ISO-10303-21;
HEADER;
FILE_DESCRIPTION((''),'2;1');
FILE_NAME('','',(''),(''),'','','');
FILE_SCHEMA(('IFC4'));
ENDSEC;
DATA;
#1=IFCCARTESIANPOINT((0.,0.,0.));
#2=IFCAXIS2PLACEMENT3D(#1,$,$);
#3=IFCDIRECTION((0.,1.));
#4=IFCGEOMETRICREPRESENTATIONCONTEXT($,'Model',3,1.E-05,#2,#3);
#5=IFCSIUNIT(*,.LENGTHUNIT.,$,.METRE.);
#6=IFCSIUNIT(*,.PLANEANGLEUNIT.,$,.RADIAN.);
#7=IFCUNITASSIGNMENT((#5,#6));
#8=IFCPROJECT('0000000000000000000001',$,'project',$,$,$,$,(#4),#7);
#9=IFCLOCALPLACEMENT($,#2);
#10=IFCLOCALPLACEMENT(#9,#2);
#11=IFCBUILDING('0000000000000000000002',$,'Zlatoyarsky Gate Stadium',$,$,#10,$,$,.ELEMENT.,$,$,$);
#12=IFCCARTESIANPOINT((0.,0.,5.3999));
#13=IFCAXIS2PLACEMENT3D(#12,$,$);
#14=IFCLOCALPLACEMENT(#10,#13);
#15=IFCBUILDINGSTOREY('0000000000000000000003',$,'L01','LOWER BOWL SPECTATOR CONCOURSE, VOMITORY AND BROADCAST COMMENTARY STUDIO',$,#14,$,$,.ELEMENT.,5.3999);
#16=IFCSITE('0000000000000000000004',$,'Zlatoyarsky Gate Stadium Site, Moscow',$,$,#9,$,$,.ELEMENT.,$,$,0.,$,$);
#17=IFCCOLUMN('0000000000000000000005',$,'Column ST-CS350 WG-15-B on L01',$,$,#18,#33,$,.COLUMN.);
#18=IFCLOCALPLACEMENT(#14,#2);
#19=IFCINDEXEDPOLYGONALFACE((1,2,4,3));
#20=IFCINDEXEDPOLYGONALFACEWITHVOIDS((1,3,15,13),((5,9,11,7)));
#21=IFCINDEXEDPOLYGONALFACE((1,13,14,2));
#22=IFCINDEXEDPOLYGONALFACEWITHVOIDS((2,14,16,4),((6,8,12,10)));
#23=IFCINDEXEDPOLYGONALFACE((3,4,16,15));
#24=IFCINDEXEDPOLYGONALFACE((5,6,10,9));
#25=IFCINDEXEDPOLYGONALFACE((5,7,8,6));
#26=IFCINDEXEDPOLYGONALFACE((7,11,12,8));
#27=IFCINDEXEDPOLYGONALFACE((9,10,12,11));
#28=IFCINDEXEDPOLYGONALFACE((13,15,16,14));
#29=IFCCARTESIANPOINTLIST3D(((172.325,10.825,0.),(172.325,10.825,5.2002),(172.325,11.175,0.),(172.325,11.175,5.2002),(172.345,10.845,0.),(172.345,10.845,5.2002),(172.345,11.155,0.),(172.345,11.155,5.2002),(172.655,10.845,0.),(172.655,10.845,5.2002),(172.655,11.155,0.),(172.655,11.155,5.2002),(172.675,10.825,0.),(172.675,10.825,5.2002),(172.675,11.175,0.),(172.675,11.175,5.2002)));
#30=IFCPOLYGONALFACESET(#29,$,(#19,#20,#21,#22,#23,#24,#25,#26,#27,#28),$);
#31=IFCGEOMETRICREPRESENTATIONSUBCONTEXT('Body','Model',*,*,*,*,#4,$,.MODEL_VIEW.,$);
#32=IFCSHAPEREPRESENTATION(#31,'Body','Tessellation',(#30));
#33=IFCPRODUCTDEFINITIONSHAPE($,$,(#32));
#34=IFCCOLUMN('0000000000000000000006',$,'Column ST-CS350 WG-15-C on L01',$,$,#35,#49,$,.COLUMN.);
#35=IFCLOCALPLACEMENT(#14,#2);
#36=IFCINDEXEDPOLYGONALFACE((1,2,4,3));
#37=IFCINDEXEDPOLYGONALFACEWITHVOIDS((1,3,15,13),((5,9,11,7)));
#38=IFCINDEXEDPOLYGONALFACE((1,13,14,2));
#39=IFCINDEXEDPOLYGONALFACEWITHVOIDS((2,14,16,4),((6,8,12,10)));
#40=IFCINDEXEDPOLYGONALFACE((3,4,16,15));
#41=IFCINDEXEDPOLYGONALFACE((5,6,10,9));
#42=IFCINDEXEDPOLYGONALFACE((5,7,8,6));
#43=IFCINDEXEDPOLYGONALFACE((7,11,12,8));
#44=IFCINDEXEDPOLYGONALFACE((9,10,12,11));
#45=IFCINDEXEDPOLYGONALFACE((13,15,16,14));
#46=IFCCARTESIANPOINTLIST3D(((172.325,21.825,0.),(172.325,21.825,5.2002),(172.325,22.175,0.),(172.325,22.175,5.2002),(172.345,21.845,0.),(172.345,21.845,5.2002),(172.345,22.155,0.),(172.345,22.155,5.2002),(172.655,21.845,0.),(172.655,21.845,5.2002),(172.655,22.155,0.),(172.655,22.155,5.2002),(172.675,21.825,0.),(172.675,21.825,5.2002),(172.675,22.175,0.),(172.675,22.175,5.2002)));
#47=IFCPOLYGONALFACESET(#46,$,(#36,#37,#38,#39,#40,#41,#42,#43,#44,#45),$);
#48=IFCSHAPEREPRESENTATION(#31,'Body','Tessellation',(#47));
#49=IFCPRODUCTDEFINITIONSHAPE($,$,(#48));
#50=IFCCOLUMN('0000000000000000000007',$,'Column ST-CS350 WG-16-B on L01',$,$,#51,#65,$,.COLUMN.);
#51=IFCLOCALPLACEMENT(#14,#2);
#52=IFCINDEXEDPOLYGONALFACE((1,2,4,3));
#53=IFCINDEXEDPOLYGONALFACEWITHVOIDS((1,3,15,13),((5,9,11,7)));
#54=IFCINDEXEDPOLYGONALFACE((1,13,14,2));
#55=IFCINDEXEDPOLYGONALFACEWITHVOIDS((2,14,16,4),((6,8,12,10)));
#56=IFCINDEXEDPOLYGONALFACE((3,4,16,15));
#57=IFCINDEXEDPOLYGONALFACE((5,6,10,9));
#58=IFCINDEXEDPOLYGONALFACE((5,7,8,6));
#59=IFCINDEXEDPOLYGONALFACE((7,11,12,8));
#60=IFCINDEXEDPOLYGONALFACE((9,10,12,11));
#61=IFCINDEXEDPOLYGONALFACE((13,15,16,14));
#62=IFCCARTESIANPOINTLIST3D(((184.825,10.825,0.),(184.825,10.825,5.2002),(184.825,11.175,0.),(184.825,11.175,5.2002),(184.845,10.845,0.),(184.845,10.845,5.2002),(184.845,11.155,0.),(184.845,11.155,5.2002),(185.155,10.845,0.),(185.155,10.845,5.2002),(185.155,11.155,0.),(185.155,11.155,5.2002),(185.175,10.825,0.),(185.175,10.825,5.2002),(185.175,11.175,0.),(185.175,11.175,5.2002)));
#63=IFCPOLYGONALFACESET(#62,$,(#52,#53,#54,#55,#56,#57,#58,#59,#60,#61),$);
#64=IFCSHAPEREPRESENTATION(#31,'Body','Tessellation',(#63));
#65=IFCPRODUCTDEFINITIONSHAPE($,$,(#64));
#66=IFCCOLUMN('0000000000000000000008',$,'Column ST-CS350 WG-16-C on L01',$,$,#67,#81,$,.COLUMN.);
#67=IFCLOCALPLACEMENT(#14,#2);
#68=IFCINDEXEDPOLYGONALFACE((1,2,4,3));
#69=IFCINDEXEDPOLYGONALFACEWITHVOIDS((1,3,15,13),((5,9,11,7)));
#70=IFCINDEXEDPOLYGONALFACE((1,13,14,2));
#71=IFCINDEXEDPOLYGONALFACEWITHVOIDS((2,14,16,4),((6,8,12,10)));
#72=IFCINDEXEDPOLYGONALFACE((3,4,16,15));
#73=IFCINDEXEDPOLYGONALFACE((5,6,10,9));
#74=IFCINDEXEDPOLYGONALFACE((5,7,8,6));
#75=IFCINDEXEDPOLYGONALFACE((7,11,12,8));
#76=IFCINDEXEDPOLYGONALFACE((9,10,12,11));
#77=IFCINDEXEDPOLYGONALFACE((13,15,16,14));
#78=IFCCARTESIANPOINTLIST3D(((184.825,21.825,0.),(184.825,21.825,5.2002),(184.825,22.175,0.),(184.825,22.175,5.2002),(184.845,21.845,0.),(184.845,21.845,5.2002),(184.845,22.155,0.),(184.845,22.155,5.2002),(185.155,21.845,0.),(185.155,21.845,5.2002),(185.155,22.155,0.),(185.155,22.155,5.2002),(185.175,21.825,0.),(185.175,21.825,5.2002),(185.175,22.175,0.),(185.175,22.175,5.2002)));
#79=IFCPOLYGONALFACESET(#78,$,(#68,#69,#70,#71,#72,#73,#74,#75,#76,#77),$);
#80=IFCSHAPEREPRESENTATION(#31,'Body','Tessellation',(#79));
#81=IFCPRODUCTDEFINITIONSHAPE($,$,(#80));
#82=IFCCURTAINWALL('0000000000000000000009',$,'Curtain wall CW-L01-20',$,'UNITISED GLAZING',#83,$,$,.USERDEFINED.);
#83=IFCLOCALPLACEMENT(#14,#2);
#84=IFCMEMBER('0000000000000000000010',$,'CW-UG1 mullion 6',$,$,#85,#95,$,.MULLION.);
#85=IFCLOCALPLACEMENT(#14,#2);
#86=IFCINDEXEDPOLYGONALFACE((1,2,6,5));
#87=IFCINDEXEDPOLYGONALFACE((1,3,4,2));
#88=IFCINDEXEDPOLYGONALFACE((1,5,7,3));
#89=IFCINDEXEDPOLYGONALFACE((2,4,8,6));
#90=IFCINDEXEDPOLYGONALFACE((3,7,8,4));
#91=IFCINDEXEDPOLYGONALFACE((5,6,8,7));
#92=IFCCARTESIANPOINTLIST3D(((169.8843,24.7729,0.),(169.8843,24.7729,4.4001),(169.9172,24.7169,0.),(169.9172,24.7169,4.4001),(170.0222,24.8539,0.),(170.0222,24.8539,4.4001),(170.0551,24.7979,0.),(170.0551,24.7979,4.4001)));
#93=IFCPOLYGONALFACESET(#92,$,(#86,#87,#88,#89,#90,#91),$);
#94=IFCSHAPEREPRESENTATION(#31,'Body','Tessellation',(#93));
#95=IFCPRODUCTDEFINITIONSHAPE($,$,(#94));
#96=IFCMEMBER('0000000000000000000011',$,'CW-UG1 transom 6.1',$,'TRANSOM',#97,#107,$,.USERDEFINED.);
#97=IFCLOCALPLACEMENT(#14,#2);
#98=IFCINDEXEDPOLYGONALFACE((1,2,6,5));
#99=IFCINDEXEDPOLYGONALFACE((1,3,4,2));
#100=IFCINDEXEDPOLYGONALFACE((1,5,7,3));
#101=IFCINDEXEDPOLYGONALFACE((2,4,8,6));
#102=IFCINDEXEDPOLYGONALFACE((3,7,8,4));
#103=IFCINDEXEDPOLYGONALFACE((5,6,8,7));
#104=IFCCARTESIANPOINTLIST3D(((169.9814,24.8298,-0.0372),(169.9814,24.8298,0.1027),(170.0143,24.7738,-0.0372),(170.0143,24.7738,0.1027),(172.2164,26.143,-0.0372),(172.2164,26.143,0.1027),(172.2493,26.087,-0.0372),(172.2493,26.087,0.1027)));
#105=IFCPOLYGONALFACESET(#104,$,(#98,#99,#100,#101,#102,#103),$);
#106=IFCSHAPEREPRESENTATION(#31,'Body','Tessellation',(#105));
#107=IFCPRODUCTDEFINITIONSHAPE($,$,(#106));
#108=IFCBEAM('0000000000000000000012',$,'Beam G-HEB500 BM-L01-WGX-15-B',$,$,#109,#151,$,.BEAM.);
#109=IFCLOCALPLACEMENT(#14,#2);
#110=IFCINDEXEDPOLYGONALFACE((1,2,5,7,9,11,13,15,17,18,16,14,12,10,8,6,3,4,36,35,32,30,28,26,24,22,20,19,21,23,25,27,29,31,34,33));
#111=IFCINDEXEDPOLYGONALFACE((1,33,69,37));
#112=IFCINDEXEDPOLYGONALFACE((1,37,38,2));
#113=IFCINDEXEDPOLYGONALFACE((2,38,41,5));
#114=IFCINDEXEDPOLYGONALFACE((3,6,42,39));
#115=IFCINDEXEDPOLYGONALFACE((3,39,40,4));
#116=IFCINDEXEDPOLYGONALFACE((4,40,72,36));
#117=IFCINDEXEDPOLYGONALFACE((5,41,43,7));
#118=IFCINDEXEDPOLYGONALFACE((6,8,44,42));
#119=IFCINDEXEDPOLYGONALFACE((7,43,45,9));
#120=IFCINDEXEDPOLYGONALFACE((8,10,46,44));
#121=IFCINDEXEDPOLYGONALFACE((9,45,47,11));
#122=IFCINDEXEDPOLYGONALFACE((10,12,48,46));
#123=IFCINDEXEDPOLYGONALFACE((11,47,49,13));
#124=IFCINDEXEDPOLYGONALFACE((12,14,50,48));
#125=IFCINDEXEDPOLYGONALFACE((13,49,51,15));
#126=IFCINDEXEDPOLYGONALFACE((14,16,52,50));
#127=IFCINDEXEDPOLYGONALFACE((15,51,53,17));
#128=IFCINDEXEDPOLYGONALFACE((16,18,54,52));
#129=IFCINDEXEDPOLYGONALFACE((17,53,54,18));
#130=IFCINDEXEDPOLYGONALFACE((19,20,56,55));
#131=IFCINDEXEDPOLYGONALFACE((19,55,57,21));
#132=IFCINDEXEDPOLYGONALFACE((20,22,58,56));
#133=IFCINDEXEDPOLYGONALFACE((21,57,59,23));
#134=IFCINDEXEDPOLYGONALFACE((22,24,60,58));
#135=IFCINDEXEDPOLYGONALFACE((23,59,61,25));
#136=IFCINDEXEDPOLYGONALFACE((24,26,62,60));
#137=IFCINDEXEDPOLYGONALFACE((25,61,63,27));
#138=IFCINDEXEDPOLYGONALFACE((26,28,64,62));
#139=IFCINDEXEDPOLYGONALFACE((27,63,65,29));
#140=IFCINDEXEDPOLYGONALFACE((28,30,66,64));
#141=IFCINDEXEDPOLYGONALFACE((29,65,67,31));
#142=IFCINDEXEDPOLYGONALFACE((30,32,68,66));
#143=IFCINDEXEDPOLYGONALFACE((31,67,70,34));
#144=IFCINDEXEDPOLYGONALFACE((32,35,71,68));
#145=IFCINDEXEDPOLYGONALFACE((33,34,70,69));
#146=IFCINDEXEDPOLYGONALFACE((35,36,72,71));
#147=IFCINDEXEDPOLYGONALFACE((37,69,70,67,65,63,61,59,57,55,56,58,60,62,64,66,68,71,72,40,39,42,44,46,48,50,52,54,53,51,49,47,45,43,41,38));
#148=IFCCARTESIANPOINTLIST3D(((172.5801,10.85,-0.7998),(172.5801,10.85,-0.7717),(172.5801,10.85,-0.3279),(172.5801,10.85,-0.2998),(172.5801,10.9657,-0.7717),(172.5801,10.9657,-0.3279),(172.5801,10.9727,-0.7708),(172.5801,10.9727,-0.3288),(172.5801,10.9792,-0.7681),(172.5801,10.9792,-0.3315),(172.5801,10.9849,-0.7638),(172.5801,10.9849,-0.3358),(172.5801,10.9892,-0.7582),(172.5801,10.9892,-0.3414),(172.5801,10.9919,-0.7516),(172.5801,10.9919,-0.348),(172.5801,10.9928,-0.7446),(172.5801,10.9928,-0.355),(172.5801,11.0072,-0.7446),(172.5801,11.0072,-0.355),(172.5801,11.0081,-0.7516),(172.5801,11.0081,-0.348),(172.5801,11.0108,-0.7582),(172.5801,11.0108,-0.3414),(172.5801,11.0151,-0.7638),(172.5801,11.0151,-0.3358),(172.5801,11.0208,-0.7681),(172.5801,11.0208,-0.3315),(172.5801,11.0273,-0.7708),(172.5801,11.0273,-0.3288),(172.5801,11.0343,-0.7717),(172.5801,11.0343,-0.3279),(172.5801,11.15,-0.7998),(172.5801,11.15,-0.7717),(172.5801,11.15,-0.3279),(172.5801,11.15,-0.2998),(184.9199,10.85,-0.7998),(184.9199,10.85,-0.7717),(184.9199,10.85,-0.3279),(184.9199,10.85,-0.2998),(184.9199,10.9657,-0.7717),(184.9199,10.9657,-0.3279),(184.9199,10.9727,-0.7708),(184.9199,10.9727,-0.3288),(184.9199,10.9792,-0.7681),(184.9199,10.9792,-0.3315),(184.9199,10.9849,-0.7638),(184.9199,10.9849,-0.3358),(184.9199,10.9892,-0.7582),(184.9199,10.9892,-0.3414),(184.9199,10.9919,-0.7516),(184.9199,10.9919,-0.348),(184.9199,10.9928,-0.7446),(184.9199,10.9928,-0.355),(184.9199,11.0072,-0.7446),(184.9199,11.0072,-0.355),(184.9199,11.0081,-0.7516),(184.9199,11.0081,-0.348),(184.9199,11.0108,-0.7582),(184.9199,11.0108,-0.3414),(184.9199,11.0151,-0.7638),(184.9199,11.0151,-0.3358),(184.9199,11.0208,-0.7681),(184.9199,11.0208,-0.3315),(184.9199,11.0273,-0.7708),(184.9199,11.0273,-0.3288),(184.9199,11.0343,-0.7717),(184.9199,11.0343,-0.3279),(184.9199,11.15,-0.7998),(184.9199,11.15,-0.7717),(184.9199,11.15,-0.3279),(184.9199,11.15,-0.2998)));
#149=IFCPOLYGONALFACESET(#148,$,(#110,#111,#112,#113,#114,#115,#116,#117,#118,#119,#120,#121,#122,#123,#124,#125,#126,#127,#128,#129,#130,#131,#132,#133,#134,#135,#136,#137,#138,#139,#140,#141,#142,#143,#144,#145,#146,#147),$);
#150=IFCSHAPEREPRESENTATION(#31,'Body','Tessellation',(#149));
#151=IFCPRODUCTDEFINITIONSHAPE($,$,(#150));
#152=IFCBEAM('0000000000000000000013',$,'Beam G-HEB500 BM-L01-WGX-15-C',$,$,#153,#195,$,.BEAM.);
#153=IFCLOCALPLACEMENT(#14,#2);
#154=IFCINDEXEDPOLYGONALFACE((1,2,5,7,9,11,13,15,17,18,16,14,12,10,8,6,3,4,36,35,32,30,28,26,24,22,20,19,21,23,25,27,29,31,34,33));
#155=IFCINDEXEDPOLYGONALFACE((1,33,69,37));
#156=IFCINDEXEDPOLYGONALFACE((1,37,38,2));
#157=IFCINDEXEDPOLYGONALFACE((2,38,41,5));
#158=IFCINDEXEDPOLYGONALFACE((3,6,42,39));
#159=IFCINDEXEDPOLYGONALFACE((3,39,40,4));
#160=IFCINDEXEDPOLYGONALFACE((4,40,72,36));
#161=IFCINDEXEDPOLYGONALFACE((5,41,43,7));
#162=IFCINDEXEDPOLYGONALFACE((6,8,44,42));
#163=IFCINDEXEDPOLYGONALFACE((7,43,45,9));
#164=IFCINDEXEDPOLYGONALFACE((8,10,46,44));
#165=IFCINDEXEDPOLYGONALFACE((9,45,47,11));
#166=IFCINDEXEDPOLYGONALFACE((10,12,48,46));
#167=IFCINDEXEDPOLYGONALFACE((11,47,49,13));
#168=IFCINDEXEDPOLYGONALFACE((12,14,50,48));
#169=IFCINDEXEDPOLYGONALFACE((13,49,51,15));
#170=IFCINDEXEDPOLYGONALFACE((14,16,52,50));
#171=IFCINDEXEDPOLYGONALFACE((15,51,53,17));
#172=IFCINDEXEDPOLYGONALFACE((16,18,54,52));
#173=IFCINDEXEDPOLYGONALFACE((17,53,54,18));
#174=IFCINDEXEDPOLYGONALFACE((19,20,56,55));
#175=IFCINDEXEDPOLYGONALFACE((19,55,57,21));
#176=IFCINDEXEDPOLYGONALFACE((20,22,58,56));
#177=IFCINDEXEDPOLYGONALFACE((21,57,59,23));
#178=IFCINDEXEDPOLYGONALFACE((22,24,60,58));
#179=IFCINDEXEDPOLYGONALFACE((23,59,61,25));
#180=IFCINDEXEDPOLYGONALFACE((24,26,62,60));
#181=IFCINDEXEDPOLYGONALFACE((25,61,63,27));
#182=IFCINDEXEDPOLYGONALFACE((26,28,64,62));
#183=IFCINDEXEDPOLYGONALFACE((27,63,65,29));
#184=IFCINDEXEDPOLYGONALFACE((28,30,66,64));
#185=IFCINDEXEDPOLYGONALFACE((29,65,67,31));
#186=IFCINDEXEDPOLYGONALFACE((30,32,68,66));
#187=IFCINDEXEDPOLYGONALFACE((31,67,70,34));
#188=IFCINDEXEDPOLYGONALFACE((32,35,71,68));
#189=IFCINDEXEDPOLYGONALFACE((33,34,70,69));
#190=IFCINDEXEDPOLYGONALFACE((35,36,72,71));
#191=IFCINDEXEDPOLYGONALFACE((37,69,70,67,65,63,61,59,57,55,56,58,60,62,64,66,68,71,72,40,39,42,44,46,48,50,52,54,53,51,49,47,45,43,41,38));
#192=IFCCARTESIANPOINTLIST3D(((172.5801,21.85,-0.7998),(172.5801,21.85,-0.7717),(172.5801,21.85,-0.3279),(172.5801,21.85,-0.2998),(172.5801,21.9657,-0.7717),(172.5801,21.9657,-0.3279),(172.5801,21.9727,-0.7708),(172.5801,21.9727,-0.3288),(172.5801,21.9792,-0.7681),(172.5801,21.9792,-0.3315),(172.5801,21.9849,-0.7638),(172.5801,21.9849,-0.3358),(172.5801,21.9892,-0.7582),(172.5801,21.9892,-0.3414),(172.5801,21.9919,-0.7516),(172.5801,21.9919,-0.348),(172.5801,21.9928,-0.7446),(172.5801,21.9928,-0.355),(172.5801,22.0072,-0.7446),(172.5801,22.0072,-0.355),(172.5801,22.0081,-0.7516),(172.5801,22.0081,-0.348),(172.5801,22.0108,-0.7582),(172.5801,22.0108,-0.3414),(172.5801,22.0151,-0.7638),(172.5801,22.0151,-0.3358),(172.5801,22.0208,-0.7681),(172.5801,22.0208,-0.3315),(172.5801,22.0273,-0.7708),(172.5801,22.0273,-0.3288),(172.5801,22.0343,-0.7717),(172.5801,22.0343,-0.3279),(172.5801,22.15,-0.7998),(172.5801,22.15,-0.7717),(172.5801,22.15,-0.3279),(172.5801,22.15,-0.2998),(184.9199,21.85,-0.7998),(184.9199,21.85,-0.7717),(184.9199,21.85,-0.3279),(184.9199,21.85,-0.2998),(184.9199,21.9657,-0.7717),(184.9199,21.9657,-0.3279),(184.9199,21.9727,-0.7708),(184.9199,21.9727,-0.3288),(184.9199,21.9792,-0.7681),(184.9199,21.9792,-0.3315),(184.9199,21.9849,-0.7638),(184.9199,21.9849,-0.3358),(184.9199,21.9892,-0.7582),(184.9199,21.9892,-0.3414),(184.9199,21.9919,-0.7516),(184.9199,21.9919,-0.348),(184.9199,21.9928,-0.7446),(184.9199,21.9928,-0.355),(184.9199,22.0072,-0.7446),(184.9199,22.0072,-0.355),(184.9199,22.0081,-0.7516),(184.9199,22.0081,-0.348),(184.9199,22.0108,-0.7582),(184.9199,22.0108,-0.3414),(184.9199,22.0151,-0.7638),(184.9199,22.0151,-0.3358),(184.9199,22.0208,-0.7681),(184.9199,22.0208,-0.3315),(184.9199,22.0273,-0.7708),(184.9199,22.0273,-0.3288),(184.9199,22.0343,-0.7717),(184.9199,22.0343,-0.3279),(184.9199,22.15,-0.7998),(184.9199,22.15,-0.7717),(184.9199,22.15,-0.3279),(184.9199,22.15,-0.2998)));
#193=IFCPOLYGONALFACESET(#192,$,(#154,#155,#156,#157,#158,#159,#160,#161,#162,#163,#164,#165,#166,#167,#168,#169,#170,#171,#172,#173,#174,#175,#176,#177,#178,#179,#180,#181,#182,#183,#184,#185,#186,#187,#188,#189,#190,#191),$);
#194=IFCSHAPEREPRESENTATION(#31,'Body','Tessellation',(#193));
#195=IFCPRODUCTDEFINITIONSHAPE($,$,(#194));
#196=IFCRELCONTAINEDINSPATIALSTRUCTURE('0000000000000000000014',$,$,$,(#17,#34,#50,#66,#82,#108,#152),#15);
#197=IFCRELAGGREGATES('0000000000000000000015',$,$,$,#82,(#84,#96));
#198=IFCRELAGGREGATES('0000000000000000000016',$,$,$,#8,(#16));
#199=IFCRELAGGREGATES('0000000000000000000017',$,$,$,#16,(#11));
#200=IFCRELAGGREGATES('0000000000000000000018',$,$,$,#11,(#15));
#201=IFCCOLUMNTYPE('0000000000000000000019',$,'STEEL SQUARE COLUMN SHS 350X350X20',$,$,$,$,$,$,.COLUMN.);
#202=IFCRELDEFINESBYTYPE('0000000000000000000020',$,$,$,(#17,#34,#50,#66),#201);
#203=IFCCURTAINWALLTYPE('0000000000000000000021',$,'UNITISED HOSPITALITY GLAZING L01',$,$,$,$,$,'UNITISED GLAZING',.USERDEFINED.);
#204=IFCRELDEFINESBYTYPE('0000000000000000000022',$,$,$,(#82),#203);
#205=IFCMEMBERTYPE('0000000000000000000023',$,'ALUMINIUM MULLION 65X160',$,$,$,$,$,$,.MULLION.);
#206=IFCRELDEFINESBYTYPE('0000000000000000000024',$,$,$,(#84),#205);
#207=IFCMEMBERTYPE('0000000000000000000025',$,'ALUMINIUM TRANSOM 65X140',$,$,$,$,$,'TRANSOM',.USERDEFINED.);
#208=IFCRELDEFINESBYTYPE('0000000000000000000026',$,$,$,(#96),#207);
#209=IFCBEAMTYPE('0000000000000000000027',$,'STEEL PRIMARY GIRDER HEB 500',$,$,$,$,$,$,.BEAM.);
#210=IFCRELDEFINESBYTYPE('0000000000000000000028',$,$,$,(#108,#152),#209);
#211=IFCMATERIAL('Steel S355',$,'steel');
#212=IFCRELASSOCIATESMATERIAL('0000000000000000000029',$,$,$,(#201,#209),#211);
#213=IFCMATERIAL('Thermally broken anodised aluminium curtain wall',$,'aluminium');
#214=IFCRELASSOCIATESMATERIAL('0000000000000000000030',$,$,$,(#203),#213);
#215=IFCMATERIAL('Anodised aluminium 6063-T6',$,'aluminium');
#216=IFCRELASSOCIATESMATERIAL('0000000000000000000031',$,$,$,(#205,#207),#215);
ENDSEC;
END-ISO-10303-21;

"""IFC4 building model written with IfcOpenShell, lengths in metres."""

from ifc_helpers import new_model, si_unit, direction, frame, origin, origin_2d, place, context, subcontext, project, spatial, rectangle, hollow_rectangle, i_section, extrude, material, material_profile, profile_set, type_object, element, aggregate, save


model = new_model("IFC4")

# Units and contexts
model_context = context("Model", 3, precision=1e-05, world=origin(), true_north=direction((0.0, 1.0)))
body_context = subcontext(model_context, "Body", "Model", "MODEL_VIEW")
ifc_project = project(units=[si_unit("LENGTHUNIT", "METRE"), si_unit("PLANEANGLEUNIT", "RADIAN")], contexts=[model_context])

# Site, building, storey
site_placement = place(None, origin())
site = spatial("IfcSite", under=ifc_project, at=site_placement, Name="Zlatoyarsky Gate Stadium Site, Moscow", CompositionType="ELEMENT", RefElevation=0.0)
building_placement = place(site_placement, origin())
building = spatial("IfcBuilding", under=site, at=building_placement, Name="Zlatoyarsky Gate Stadium", CompositionType="ELEMENT")
storey_placement = place(building_placement, frame((0.0, 0.0, 5.3999)))
storey = spatial("IfcBuildingStorey", under=building, at=storey_placement, Name="L01", Description="LOWER BOWL SPECTATOR CONCOURSE, VOMITORY AND BROADCAST COMMENTARY STUDIO", CompositionType="ELEMENT", Elevation=5.3999)

# Columns
ifc_material_1 = material(Name="Steel S355", Category="steel")
ifc_material_profile_1 = material_profile(ifc_material_1, hollow_rectangle(XDim=0.3501, YDim=0.3501, WallThickness=0.02, at=origin_2d()), Name="SHS 350X350X20")
ifc_profile_set_1 = profile_set([ifc_material_profile_1], Name="Steel S355")
column_type = type_object("IfcColumnType", Name="STEEL SQUARE COLUMN SHS 350X350X20", PredefinedType="COLUMN", material=ifc_profile_set_1)
for number, where, z_axis, x_axis, name in (
    (1, (172.5, 11.0, 0.0), (0.0, 0.0, 1.0), (1.0, 0.0, 0.0), "Column ST-CS350 WG-15-B on L01"),
    (2, (172.5, 22.0, 0.0), (0.0, 0.0, 1.0), (1.0, 0.0, 0.0), "Column ST-CS350 WG-15-C on L01"),
    (3, (185.0, 11.0, 0.0), (0.0, 0.0, 1.0), (1.0, 0.0, 0.0), "Column ST-CS350 WG-16-B on L01"),
    (4, (185.0, 22.0, 0.0), (0.0, 0.0, 1.0), (1.0, 0.0, 0.0), "Column ST-CS350 WG-16-C on L01"),
):
    element("IfcColumn", number, at=place(storey_placement, frame(where, z_axis=z_axis, x_axis=x_axis)), inside=storey, type_object=column_type, Name=name, PredefinedType="COLUMN", context=body_context, shape_type="SweptSolid", body=[
        extrude(hollow_rectangle(XDim=0.3501, YDim=0.3501, WallThickness=0.02, at=origin_2d()), origin(), (0.0, 0.0, 1.0), 5.2002),
    ])

# Curtain wall, members
ifc_material_2 = material(Name="Thermally broken anodised aluminium curtain wall", Category="aluminium")
curtain_wall_type = type_object("IfcCurtainWallType", Name="UNITISED HOSPITALITY GLAZING L01", ElementType="UNITISED GLAZING", PredefinedType="USERDEFINED", material=ifc_material_2)
curtain_wall_placement = place(storey_placement, origin())
curtain_wall = element("IfcCurtainWall", 5, at=curtain_wall_placement, inside=storey, type_object=curtain_wall_type, Name="Curtain wall CW-L01-20", ObjectType="UNITISED GLAZING", PredefinedType="USERDEFINED")
ifc_material_3 = material(Name="Anodised aluminium 6063-T6", Category="aluminium")
ifc_material_profile_2 = material_profile(ifc_material_3, rectangle(XDim=0.0649, YDim=0.1599, at=origin_2d()), Name="ALU 65X160")
ifc_profile_set_2 = profile_set([ifc_material_profile_2], Name="Anodised aluminium 6063-T6")
member_type_1 = type_object("IfcMemberType", Name="ALUMINIUM MULLION 65X160", PredefinedType="MULLION", material=ifc_profile_set_2)
member_1_placement = place(storey_placement, frame((169.9697, 24.7854, 0.0), z_axis=(0.0, 0.0, 1.0), x_axis=(-0.50659, 0.862187, 0.0)))
member_1 = element("IfcMember", 6, at=member_1_placement, type_object=member_type_1, Name="CW-UG1 mullion 6", PredefinedType="MULLION", context=body_context, shape_type="SweptSolid", body=[
    extrude(rectangle(XDim=0.0649, YDim=0.1599, at=origin_2d()), origin(), (0.0, 0.0, 1.0), 4.4001),
])
ifc_material_profile_3 = material_profile(ifc_material_3, rectangle(XDim=0.0649, YDim=0.1399, at=origin_2d()), Name="ALU 65X140")
ifc_profile_set_3 = profile_set([ifc_material_profile_3], Name="Anodised aluminium 6063-T6")
member_type_2 = type_object("IfcMemberType", Name="ALUMINIUM TRANSOM 65X140", ElementType="TRANSOM", PredefinedType="USERDEFINED", material=ifc_profile_set_3)
member_2_placement = place(storey_placement, frame((169.9978, 24.8018, 0.0327), z_axis=(0.862193, 0.50658, 0.0), x_axis=(-0.50658, 0.862193, 0.0)))
member_2 = element("IfcMember", 7, at=member_2_placement, type_object=member_type_2, Name="CW-UG1 transom 6.1", ObjectType="TRANSOM", PredefinedType="USERDEFINED", context=body_context, shape_type="SweptSolid", body=[
    extrude(rectangle(XDim=0.0649, YDim=0.1399, at=origin_2d()), origin(), (0.0, 0.0, 1.0), 2.5923),
])
aggregate(curtain_wall, [member_1, member_2])

# Beams
ifc_material_profile_4 = material_profile(ifc_material_1, i_section(OverallWidth=0.3, OverallDepth=0.5, WebThickness=0.0144, FlangeThickness=0.0281, FilletRadius=0.0271, at=origin_2d()), Name="HEB 500")
ifc_profile_set_4 = profile_set([ifc_material_profile_4], Name="Steel S355")
beam_type_1 = type_object("IfcBeamType", Name="STEEL PRIMARY GIRDER HEB 500", PredefinedType="BEAM", material=ifc_profile_set_4)
for number, where, z_axis, x_axis, name in (
    (8, (172.5801, 11.0, -0.5498), (1.0, 0.0, 0.0), (0.0, 1.0, 0.0), "Beam G-HEB500 BM-L01-WGX-15-B"),
    (9, (172.5801, 22.0, -0.5498), (1.0, 0.0, 0.0), (0.0, 1.0, 0.0), "Beam G-HEB500 BM-L01-WGX-15-C"),
):
    element("IfcBeam", number, at=place(storey_placement, frame(where, z_axis=z_axis, x_axis=x_axis)), inside=storey, type_object=beam_type_1, Name=name, PredefinedType="BEAM", context=body_context, shape_type="SweptSolid", body=[
        extrude(i_section(OverallWidth=0.3, OverallDepth=0.5, WebThickness=0.0144, FlangeThickness=0.0281, FilletRadius=0.0271, at=origin_2d()), origin(), (0.0, 0.0, 1.0), 12.3398),
    ])

save(model, "model.ifc")
